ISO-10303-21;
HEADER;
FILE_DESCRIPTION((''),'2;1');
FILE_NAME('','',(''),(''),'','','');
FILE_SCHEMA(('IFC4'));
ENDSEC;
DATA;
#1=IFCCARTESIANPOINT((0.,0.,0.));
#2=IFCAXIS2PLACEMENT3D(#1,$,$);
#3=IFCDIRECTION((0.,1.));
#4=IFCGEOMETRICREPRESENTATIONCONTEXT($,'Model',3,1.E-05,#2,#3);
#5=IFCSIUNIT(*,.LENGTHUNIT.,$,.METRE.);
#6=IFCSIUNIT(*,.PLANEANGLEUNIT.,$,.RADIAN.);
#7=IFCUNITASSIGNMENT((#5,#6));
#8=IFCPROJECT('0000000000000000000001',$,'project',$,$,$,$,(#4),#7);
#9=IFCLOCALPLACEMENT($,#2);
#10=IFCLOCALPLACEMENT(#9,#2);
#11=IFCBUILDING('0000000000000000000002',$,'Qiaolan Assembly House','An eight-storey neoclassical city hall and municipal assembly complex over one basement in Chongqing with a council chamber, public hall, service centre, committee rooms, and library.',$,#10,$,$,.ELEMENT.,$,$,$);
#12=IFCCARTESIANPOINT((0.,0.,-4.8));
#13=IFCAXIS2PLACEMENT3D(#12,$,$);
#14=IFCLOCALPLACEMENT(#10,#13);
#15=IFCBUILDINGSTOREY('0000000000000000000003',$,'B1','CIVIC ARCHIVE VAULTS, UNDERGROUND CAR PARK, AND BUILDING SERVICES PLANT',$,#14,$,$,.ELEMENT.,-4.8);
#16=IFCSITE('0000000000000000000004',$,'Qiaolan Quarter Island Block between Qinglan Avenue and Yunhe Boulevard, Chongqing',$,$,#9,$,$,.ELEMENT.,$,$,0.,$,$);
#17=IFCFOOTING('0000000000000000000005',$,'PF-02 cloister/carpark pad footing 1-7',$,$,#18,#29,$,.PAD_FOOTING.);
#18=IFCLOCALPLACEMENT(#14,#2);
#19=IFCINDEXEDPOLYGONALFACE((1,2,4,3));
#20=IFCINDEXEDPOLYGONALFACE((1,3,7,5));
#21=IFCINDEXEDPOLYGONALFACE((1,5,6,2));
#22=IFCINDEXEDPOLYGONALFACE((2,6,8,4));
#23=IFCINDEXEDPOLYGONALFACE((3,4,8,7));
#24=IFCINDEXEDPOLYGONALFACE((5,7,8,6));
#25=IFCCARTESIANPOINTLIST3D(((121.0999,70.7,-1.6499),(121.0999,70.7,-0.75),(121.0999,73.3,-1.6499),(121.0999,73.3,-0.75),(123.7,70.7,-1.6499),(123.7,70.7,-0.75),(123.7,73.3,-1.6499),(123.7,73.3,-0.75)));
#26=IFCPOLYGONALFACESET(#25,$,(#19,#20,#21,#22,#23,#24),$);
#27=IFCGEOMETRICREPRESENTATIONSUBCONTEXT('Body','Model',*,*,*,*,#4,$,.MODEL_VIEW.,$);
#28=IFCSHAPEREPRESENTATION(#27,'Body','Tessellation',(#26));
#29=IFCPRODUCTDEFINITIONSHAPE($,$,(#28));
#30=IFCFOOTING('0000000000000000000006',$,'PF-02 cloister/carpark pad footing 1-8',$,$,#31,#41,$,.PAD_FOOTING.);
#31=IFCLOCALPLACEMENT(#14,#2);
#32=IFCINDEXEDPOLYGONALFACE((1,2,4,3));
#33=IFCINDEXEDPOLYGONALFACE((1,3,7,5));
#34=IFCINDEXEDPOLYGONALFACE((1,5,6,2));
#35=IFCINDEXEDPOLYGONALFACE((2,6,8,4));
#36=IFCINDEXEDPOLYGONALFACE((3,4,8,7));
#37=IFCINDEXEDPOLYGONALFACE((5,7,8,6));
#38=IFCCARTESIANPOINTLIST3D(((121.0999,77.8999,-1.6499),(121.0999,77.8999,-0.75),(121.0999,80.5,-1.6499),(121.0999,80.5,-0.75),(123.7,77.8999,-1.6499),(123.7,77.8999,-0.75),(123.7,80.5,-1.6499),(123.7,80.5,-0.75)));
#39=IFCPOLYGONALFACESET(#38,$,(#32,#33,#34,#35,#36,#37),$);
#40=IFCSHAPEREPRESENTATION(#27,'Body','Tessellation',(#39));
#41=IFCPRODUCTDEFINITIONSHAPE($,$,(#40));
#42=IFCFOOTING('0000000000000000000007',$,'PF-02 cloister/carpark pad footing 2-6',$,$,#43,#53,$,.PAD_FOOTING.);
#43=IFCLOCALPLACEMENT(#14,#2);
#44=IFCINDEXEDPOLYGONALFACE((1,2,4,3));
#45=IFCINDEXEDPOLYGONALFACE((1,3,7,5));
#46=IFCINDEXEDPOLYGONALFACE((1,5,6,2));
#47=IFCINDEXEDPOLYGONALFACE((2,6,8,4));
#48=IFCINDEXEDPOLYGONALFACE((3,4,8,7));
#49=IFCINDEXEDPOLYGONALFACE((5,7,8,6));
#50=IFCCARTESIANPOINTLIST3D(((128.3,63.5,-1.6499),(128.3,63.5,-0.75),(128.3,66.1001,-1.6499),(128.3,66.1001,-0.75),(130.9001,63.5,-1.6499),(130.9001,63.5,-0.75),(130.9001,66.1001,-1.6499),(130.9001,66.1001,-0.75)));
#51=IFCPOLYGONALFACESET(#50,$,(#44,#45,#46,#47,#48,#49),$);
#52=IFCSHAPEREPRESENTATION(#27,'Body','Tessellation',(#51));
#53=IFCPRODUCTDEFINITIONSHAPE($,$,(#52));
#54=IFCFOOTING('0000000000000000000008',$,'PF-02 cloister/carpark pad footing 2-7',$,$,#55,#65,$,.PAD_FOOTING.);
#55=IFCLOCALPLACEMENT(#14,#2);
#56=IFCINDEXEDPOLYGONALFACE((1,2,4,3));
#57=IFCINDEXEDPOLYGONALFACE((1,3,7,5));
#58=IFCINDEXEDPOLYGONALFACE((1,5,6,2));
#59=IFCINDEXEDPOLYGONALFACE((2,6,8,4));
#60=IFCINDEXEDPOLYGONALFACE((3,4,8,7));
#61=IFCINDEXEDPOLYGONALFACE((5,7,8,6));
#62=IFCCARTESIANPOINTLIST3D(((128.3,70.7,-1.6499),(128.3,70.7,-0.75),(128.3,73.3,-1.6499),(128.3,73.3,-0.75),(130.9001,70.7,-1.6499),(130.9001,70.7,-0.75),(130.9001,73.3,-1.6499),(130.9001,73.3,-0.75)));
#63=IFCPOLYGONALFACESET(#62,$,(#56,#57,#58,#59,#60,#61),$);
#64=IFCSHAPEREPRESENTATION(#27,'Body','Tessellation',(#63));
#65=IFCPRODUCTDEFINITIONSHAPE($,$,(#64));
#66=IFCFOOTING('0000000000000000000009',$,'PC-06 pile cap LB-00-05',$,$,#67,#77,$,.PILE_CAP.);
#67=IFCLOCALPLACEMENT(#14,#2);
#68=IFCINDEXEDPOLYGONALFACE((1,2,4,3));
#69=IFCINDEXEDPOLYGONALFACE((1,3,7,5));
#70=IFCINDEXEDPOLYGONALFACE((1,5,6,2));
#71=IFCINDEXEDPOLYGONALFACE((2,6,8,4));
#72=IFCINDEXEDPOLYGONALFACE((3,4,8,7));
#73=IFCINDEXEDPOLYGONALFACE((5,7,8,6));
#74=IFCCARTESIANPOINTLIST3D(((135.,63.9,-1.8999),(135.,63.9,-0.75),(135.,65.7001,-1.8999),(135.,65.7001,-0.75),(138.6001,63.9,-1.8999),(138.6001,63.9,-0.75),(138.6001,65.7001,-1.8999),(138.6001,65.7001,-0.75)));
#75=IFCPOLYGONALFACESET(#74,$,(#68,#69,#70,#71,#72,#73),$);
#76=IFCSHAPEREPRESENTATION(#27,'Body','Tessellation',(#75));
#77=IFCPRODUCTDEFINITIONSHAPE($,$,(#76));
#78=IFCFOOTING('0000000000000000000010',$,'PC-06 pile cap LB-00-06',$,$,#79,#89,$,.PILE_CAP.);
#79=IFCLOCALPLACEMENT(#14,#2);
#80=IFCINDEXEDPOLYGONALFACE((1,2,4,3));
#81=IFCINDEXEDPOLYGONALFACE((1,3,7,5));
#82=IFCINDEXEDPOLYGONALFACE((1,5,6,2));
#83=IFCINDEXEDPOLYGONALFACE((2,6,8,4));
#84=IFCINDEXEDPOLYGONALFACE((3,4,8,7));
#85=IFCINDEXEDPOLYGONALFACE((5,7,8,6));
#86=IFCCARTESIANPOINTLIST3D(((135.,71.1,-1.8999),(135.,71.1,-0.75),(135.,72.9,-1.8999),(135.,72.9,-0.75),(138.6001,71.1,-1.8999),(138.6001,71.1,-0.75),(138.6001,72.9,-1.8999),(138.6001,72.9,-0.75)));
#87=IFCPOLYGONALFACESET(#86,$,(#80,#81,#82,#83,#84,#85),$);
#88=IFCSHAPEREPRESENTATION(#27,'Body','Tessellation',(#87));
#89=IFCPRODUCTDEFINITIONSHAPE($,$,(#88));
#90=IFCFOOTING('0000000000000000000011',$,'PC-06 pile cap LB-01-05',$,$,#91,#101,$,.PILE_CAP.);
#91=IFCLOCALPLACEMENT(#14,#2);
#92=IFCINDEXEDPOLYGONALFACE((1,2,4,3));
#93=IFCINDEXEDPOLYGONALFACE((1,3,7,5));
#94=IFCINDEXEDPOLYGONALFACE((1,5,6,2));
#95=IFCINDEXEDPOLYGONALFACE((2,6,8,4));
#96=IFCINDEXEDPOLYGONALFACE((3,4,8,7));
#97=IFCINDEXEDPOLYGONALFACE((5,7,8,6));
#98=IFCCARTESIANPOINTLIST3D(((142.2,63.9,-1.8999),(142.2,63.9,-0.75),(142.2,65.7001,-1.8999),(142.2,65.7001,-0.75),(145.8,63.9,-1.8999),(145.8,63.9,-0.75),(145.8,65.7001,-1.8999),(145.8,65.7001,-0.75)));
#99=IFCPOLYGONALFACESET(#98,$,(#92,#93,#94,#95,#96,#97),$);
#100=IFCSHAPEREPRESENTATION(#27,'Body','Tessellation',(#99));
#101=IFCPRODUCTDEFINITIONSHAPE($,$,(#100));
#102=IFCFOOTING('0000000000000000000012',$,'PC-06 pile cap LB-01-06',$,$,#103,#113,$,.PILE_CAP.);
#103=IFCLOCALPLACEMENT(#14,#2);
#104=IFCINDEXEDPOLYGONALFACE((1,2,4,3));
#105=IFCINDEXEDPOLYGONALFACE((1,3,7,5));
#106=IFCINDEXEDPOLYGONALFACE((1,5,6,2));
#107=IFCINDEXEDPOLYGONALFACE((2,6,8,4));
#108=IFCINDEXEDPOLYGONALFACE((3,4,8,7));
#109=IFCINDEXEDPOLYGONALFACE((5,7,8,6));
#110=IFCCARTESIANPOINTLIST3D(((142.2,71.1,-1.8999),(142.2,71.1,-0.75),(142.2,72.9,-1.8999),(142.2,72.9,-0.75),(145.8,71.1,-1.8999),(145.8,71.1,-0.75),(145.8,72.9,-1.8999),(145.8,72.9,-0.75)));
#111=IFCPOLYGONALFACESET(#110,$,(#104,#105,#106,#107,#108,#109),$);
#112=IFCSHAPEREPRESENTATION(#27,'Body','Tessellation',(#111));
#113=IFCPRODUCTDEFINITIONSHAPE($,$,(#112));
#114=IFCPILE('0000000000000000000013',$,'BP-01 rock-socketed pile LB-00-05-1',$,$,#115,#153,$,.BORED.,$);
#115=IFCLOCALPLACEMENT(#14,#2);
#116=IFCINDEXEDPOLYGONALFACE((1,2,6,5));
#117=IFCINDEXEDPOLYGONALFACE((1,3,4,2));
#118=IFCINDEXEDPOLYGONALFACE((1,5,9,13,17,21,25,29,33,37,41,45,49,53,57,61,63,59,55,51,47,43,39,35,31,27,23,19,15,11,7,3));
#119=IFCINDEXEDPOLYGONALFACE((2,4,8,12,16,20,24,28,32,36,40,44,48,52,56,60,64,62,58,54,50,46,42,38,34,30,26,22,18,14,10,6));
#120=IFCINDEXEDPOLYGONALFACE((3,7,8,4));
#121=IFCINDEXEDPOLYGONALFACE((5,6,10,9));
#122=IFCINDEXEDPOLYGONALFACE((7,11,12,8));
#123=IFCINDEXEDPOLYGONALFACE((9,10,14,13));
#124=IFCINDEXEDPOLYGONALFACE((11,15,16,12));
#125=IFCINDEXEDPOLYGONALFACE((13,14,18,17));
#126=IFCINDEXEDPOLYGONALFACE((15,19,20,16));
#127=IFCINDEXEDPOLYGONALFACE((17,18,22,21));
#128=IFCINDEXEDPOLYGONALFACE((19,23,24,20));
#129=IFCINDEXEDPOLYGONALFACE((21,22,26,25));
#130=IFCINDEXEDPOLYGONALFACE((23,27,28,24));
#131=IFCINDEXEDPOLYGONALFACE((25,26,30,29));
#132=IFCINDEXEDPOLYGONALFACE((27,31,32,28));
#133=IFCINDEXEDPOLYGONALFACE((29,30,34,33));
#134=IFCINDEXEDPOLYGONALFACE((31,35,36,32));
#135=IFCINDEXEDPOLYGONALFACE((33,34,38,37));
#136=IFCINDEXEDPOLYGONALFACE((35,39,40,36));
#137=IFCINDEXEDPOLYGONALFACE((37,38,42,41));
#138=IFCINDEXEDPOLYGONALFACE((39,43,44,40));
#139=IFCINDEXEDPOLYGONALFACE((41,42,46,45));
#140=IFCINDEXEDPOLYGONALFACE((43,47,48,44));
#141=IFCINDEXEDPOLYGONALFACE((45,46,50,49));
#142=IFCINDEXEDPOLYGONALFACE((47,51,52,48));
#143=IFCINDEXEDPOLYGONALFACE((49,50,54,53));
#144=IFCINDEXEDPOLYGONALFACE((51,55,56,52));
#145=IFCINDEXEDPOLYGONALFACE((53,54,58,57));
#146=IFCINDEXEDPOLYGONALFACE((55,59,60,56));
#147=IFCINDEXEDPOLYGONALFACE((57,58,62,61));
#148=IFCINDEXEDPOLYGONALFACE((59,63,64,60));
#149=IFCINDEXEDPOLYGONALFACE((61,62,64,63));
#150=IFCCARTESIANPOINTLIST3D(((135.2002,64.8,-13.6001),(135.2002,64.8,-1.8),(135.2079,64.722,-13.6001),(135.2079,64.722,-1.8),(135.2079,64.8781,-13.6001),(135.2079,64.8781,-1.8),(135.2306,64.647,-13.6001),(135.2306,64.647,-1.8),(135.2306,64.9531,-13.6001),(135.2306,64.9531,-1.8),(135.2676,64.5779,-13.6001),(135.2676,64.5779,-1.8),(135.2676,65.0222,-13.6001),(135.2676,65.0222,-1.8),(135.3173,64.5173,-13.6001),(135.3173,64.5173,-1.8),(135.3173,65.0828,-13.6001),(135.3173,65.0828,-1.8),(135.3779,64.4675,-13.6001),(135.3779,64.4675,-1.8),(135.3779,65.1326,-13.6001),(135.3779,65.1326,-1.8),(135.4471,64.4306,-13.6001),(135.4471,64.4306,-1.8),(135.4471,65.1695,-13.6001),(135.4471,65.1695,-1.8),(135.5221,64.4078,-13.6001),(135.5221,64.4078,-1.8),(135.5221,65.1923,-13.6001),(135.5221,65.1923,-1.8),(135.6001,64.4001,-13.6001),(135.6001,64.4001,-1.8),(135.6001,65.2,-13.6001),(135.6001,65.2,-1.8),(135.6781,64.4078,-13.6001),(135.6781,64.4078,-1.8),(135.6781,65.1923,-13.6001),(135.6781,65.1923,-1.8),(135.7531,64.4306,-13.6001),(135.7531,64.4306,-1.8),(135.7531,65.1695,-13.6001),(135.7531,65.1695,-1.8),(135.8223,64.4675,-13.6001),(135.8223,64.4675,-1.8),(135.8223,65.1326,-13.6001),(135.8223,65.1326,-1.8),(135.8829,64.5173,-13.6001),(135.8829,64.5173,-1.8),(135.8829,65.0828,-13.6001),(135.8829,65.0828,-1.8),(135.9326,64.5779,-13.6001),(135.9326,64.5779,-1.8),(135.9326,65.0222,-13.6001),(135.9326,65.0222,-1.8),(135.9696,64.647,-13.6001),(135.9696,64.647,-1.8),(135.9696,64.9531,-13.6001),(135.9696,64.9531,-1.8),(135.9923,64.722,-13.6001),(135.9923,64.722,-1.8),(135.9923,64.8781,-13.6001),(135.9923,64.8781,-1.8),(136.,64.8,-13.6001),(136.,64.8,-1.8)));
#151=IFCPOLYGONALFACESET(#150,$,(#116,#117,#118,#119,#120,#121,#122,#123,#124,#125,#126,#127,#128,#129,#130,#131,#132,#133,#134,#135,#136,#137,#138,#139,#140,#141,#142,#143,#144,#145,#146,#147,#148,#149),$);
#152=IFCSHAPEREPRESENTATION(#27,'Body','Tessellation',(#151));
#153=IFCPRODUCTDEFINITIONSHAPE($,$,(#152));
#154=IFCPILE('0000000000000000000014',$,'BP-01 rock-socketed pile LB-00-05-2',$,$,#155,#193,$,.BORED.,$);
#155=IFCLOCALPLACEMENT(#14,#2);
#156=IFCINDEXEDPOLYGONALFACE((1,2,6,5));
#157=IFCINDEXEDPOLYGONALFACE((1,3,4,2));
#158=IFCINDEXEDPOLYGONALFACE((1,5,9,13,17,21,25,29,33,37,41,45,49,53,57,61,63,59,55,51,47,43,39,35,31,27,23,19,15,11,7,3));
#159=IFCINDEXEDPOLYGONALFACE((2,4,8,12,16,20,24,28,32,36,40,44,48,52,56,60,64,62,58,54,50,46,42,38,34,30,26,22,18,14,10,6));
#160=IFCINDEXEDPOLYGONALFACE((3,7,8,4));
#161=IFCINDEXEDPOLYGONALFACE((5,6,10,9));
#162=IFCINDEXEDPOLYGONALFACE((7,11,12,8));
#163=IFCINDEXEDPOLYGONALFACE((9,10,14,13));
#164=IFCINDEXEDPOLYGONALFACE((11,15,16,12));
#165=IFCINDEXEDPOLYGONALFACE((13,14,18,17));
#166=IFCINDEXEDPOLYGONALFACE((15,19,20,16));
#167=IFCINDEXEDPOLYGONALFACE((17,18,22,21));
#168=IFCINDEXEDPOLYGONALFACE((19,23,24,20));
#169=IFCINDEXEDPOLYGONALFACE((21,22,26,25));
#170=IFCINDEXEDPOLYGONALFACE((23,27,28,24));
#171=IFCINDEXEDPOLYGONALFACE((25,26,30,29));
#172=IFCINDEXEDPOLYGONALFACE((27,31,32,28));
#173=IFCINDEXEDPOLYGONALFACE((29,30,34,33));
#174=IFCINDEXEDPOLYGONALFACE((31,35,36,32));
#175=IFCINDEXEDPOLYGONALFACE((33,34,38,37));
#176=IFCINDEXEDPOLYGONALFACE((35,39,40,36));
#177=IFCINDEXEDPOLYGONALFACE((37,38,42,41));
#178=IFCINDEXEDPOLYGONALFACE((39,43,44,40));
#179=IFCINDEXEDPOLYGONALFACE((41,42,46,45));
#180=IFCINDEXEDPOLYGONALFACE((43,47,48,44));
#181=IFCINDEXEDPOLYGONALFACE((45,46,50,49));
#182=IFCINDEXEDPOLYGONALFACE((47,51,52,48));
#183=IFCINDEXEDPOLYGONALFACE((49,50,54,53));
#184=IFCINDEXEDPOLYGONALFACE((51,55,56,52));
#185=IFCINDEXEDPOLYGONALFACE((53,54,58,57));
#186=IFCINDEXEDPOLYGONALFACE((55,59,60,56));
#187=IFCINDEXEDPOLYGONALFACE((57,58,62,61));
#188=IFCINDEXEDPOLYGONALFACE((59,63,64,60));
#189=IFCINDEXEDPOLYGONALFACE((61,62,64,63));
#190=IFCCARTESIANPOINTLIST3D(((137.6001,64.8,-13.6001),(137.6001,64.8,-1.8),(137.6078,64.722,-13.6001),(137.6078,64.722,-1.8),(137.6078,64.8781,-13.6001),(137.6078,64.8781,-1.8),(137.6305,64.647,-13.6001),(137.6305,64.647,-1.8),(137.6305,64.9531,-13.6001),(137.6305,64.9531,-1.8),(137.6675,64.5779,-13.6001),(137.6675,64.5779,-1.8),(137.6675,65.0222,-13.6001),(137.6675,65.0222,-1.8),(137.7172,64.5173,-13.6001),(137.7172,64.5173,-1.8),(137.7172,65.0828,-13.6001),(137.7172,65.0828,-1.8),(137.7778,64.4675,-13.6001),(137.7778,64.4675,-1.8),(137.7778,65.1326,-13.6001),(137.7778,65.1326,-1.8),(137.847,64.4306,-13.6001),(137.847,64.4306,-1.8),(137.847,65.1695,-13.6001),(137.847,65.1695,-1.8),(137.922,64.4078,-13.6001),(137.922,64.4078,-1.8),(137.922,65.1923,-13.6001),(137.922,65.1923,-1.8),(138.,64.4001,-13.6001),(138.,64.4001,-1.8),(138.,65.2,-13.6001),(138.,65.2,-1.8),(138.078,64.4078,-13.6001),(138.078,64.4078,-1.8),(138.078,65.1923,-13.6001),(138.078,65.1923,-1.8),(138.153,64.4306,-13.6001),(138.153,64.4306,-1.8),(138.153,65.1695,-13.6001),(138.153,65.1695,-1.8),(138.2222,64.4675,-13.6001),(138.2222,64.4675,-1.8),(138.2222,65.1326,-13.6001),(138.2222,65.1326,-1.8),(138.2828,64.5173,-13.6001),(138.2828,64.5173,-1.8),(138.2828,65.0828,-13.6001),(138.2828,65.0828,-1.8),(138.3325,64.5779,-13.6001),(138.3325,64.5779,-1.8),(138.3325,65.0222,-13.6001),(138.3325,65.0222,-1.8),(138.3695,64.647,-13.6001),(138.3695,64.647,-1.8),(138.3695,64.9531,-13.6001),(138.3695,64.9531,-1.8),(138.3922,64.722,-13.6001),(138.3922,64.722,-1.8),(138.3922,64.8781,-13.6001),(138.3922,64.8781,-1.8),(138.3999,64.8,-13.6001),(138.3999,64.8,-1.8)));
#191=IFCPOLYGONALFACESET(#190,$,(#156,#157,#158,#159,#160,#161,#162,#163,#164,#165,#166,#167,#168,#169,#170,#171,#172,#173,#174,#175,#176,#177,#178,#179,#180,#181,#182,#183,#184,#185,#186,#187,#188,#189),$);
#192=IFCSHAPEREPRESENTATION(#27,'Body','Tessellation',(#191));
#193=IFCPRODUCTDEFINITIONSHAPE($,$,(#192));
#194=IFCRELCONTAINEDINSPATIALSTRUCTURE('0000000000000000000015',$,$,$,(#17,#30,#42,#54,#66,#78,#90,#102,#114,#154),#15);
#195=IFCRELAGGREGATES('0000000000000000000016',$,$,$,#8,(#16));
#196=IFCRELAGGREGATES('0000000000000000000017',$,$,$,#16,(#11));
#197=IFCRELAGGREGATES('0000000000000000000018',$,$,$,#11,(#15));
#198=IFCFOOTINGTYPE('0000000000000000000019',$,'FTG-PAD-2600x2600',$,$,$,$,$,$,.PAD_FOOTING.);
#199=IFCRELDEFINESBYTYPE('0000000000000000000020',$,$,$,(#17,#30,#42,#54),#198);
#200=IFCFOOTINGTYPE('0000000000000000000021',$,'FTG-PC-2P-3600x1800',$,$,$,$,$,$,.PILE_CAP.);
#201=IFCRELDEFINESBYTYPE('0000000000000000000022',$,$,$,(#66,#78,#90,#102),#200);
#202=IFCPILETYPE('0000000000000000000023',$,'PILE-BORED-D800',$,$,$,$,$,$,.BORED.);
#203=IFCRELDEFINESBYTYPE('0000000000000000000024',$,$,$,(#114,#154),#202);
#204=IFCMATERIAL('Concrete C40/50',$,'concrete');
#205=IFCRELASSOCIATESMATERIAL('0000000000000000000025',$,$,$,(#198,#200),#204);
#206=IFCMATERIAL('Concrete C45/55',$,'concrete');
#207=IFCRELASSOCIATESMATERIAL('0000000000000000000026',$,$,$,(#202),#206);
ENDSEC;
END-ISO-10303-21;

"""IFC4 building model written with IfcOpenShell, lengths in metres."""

from ifc_helpers import new_model, si_unit, direction, frame, origin, origin_2d, place, context, subcontext, project, spatial, rectangle, circle, extrude, material, material_profile, profile_set, type_object, element, save


model = new_model("IFC4")

# Units and contexts
model_context = context("Model", 3, precision=1e-05, world=origin(), true_north=direction((0.0, 1.0)))
body_context = subcontext(model_context, "Body", "Model", "MODEL_VIEW")
ifc_project = project(units=[si_unit("LENGTHUNIT", "METRE"), si_unit("PLANEANGLEUNIT", "RADIAN")], contexts=[model_context])

# Site, building, storey
site_placement = place(None, origin())
site = spatial("IfcSite", under=ifc_project, at=site_placement, Name="Qiaolan Quarter Island Block between Qinglan Avenue and Yunhe Boulevard, Chongqing", CompositionType="ELEMENT", RefElevation=0.0)
building_placement = place(site_placement, origin())
building = spatial("IfcBuilding", under=site, at=building_placement, Name="Qiaolan Assembly House", Description="An eight-storey neoclassical city hall and municipal assembly complex over one basement in Chongqing with a council chamber, public hall, service centre, committee rooms, and library.", CompositionType="ELEMENT")
storey_placement = place(building_placement, frame((0.0, 0.0, -4.8)))
storey = spatial("IfcBuildingStorey", under=building, at=storey_placement, Name="B1", Description="CIVIC ARCHIVE VAULTS, UNDERGROUND CAR PARK, AND BUILDING SERVICES PLANT", CompositionType="ELEMENT", Elevation=-4.8)

# Footings
ifc_material_1 = material(Name="Concrete C40/50", Category="concrete")
footing_type_1 = type_object("IfcFootingType", Name="FTG-PAD-2600x2600", PredefinedType="PAD_FOOTING", material=ifc_material_1)
for number, where, z_axis, x_axis, name in (
    (1, (122.3999, 72.0, -1.6499), (0.0, 0.0, 1.0), (1.0, 0.0, 0.0), "PF-02 cloister/carpark pad footing 1-7"),
    (2, (122.3999, 79.2, -1.6499), (0.0, 0.0, 1.0), (1.0, 0.0, 0.0), "PF-02 cloister/carpark pad footing 1-8"),
    (3, (129.6001, 64.8, -1.6499), (0.0, 0.0, 1.0), (1.0, 0.0, 0.0), "PF-02 cloister/carpark pad footing 2-6"),
    (4, (129.6001, 72.0, -1.6499), (0.0, 0.0, 1.0), (1.0, 0.0, 0.0), "PF-02 cloister/carpark pad footing 2-7"),
):
    element("IfcFooting", number, at=place(storey_placement, frame(where, z_axis=z_axis, x_axis=x_axis)), inside=storey, type_object=footing_type_1, Name=name, PredefinedType="PAD_FOOTING", context=body_context, shape_type="SweptSolid", body=[
        extrude(rectangle(XDim=2.6001, YDim=2.6001, at=origin_2d()), origin(), (0.0, 0.0, 1.0), 0.8999),
    ])
footing_type_2 = type_object("IfcFootingType", Name="FTG-PC-2P-3600x1800", PredefinedType="PILE_CAP", material=ifc_material_1)
for number, where, z_axis, x_axis, name in (
    (5, (136.8, 64.8, -1.8999), (0.0, 0.0, 1.0), (1.0, 0.0, 0.0), "PC-06 pile cap LB-00-05"),
    (6, (136.8, 72.0, -1.8999), (0.0, 0.0, 1.0), (1.0, 0.0, 0.0), "PC-06 pile cap LB-00-06"),
    (7, (144.0, 64.8, -1.8999), (0.0, 0.0, 1.0), (1.0, 0.0, 0.0), "PC-06 pile cap LB-01-05"),
    (8, (144.0, 72.0, -1.8999), (0.0, 0.0, 1.0), (1.0, 0.0, 0.0), "PC-06 pile cap LB-01-06"),
):
    element("IfcFooting", number, at=place(storey_placement, frame(where, z_axis=z_axis, x_axis=x_axis)), inside=storey, type_object=footing_type_2, Name=name, PredefinedType="PILE_CAP", context=body_context, shape_type="SweptSolid", body=[
        extrude(rectangle(XDim=3.6001, YDim=1.8, at=origin_2d()), origin(), (0.0, 0.0, 1.0), 1.1499),
    ])

# Piles
ifc_material_2 = material(Name="Concrete C45/55", Category="concrete")
ifc_material_profile_1 = material_profile(ifc_material_2, circle(Radius=0.3999, at=origin_2d()), Name="PILE D800")
ifc_profile_set_1 = profile_set([ifc_material_profile_1], Name="Concrete C45/55")
pile_type = type_object("IfcPileType", Name="PILE-BORED-D800", PredefinedType="BORED", material=ifc_profile_set_1)
for number, where, z_axis, x_axis, name in (
    (9, (135.6001, 64.8, -1.8), (0.0, 0.0, -1.0), (1.0, 0.0, 0.0), "BP-01 rock-socketed pile LB-00-05-1"),
    (10, (138.0, 64.8, -1.8), (0.0, 0.0, -1.0), (1.0, 0.0, 0.0), "BP-01 rock-socketed pile LB-00-05-2"),
):
    element("IfcPile", number, at=place(storey_placement, frame(where, z_axis=z_axis, x_axis=x_axis)), inside=storey, type_object=pile_type, Name=name, PredefinedType="BORED", context=body_context, shape_type="SweptSolid", body=[
        extrude(circle(Radius=0.3999, at=origin_2d()), origin(), (0.0, 0.0, 1.0), 11.8),
    ])

save(model, "model.ifc")
